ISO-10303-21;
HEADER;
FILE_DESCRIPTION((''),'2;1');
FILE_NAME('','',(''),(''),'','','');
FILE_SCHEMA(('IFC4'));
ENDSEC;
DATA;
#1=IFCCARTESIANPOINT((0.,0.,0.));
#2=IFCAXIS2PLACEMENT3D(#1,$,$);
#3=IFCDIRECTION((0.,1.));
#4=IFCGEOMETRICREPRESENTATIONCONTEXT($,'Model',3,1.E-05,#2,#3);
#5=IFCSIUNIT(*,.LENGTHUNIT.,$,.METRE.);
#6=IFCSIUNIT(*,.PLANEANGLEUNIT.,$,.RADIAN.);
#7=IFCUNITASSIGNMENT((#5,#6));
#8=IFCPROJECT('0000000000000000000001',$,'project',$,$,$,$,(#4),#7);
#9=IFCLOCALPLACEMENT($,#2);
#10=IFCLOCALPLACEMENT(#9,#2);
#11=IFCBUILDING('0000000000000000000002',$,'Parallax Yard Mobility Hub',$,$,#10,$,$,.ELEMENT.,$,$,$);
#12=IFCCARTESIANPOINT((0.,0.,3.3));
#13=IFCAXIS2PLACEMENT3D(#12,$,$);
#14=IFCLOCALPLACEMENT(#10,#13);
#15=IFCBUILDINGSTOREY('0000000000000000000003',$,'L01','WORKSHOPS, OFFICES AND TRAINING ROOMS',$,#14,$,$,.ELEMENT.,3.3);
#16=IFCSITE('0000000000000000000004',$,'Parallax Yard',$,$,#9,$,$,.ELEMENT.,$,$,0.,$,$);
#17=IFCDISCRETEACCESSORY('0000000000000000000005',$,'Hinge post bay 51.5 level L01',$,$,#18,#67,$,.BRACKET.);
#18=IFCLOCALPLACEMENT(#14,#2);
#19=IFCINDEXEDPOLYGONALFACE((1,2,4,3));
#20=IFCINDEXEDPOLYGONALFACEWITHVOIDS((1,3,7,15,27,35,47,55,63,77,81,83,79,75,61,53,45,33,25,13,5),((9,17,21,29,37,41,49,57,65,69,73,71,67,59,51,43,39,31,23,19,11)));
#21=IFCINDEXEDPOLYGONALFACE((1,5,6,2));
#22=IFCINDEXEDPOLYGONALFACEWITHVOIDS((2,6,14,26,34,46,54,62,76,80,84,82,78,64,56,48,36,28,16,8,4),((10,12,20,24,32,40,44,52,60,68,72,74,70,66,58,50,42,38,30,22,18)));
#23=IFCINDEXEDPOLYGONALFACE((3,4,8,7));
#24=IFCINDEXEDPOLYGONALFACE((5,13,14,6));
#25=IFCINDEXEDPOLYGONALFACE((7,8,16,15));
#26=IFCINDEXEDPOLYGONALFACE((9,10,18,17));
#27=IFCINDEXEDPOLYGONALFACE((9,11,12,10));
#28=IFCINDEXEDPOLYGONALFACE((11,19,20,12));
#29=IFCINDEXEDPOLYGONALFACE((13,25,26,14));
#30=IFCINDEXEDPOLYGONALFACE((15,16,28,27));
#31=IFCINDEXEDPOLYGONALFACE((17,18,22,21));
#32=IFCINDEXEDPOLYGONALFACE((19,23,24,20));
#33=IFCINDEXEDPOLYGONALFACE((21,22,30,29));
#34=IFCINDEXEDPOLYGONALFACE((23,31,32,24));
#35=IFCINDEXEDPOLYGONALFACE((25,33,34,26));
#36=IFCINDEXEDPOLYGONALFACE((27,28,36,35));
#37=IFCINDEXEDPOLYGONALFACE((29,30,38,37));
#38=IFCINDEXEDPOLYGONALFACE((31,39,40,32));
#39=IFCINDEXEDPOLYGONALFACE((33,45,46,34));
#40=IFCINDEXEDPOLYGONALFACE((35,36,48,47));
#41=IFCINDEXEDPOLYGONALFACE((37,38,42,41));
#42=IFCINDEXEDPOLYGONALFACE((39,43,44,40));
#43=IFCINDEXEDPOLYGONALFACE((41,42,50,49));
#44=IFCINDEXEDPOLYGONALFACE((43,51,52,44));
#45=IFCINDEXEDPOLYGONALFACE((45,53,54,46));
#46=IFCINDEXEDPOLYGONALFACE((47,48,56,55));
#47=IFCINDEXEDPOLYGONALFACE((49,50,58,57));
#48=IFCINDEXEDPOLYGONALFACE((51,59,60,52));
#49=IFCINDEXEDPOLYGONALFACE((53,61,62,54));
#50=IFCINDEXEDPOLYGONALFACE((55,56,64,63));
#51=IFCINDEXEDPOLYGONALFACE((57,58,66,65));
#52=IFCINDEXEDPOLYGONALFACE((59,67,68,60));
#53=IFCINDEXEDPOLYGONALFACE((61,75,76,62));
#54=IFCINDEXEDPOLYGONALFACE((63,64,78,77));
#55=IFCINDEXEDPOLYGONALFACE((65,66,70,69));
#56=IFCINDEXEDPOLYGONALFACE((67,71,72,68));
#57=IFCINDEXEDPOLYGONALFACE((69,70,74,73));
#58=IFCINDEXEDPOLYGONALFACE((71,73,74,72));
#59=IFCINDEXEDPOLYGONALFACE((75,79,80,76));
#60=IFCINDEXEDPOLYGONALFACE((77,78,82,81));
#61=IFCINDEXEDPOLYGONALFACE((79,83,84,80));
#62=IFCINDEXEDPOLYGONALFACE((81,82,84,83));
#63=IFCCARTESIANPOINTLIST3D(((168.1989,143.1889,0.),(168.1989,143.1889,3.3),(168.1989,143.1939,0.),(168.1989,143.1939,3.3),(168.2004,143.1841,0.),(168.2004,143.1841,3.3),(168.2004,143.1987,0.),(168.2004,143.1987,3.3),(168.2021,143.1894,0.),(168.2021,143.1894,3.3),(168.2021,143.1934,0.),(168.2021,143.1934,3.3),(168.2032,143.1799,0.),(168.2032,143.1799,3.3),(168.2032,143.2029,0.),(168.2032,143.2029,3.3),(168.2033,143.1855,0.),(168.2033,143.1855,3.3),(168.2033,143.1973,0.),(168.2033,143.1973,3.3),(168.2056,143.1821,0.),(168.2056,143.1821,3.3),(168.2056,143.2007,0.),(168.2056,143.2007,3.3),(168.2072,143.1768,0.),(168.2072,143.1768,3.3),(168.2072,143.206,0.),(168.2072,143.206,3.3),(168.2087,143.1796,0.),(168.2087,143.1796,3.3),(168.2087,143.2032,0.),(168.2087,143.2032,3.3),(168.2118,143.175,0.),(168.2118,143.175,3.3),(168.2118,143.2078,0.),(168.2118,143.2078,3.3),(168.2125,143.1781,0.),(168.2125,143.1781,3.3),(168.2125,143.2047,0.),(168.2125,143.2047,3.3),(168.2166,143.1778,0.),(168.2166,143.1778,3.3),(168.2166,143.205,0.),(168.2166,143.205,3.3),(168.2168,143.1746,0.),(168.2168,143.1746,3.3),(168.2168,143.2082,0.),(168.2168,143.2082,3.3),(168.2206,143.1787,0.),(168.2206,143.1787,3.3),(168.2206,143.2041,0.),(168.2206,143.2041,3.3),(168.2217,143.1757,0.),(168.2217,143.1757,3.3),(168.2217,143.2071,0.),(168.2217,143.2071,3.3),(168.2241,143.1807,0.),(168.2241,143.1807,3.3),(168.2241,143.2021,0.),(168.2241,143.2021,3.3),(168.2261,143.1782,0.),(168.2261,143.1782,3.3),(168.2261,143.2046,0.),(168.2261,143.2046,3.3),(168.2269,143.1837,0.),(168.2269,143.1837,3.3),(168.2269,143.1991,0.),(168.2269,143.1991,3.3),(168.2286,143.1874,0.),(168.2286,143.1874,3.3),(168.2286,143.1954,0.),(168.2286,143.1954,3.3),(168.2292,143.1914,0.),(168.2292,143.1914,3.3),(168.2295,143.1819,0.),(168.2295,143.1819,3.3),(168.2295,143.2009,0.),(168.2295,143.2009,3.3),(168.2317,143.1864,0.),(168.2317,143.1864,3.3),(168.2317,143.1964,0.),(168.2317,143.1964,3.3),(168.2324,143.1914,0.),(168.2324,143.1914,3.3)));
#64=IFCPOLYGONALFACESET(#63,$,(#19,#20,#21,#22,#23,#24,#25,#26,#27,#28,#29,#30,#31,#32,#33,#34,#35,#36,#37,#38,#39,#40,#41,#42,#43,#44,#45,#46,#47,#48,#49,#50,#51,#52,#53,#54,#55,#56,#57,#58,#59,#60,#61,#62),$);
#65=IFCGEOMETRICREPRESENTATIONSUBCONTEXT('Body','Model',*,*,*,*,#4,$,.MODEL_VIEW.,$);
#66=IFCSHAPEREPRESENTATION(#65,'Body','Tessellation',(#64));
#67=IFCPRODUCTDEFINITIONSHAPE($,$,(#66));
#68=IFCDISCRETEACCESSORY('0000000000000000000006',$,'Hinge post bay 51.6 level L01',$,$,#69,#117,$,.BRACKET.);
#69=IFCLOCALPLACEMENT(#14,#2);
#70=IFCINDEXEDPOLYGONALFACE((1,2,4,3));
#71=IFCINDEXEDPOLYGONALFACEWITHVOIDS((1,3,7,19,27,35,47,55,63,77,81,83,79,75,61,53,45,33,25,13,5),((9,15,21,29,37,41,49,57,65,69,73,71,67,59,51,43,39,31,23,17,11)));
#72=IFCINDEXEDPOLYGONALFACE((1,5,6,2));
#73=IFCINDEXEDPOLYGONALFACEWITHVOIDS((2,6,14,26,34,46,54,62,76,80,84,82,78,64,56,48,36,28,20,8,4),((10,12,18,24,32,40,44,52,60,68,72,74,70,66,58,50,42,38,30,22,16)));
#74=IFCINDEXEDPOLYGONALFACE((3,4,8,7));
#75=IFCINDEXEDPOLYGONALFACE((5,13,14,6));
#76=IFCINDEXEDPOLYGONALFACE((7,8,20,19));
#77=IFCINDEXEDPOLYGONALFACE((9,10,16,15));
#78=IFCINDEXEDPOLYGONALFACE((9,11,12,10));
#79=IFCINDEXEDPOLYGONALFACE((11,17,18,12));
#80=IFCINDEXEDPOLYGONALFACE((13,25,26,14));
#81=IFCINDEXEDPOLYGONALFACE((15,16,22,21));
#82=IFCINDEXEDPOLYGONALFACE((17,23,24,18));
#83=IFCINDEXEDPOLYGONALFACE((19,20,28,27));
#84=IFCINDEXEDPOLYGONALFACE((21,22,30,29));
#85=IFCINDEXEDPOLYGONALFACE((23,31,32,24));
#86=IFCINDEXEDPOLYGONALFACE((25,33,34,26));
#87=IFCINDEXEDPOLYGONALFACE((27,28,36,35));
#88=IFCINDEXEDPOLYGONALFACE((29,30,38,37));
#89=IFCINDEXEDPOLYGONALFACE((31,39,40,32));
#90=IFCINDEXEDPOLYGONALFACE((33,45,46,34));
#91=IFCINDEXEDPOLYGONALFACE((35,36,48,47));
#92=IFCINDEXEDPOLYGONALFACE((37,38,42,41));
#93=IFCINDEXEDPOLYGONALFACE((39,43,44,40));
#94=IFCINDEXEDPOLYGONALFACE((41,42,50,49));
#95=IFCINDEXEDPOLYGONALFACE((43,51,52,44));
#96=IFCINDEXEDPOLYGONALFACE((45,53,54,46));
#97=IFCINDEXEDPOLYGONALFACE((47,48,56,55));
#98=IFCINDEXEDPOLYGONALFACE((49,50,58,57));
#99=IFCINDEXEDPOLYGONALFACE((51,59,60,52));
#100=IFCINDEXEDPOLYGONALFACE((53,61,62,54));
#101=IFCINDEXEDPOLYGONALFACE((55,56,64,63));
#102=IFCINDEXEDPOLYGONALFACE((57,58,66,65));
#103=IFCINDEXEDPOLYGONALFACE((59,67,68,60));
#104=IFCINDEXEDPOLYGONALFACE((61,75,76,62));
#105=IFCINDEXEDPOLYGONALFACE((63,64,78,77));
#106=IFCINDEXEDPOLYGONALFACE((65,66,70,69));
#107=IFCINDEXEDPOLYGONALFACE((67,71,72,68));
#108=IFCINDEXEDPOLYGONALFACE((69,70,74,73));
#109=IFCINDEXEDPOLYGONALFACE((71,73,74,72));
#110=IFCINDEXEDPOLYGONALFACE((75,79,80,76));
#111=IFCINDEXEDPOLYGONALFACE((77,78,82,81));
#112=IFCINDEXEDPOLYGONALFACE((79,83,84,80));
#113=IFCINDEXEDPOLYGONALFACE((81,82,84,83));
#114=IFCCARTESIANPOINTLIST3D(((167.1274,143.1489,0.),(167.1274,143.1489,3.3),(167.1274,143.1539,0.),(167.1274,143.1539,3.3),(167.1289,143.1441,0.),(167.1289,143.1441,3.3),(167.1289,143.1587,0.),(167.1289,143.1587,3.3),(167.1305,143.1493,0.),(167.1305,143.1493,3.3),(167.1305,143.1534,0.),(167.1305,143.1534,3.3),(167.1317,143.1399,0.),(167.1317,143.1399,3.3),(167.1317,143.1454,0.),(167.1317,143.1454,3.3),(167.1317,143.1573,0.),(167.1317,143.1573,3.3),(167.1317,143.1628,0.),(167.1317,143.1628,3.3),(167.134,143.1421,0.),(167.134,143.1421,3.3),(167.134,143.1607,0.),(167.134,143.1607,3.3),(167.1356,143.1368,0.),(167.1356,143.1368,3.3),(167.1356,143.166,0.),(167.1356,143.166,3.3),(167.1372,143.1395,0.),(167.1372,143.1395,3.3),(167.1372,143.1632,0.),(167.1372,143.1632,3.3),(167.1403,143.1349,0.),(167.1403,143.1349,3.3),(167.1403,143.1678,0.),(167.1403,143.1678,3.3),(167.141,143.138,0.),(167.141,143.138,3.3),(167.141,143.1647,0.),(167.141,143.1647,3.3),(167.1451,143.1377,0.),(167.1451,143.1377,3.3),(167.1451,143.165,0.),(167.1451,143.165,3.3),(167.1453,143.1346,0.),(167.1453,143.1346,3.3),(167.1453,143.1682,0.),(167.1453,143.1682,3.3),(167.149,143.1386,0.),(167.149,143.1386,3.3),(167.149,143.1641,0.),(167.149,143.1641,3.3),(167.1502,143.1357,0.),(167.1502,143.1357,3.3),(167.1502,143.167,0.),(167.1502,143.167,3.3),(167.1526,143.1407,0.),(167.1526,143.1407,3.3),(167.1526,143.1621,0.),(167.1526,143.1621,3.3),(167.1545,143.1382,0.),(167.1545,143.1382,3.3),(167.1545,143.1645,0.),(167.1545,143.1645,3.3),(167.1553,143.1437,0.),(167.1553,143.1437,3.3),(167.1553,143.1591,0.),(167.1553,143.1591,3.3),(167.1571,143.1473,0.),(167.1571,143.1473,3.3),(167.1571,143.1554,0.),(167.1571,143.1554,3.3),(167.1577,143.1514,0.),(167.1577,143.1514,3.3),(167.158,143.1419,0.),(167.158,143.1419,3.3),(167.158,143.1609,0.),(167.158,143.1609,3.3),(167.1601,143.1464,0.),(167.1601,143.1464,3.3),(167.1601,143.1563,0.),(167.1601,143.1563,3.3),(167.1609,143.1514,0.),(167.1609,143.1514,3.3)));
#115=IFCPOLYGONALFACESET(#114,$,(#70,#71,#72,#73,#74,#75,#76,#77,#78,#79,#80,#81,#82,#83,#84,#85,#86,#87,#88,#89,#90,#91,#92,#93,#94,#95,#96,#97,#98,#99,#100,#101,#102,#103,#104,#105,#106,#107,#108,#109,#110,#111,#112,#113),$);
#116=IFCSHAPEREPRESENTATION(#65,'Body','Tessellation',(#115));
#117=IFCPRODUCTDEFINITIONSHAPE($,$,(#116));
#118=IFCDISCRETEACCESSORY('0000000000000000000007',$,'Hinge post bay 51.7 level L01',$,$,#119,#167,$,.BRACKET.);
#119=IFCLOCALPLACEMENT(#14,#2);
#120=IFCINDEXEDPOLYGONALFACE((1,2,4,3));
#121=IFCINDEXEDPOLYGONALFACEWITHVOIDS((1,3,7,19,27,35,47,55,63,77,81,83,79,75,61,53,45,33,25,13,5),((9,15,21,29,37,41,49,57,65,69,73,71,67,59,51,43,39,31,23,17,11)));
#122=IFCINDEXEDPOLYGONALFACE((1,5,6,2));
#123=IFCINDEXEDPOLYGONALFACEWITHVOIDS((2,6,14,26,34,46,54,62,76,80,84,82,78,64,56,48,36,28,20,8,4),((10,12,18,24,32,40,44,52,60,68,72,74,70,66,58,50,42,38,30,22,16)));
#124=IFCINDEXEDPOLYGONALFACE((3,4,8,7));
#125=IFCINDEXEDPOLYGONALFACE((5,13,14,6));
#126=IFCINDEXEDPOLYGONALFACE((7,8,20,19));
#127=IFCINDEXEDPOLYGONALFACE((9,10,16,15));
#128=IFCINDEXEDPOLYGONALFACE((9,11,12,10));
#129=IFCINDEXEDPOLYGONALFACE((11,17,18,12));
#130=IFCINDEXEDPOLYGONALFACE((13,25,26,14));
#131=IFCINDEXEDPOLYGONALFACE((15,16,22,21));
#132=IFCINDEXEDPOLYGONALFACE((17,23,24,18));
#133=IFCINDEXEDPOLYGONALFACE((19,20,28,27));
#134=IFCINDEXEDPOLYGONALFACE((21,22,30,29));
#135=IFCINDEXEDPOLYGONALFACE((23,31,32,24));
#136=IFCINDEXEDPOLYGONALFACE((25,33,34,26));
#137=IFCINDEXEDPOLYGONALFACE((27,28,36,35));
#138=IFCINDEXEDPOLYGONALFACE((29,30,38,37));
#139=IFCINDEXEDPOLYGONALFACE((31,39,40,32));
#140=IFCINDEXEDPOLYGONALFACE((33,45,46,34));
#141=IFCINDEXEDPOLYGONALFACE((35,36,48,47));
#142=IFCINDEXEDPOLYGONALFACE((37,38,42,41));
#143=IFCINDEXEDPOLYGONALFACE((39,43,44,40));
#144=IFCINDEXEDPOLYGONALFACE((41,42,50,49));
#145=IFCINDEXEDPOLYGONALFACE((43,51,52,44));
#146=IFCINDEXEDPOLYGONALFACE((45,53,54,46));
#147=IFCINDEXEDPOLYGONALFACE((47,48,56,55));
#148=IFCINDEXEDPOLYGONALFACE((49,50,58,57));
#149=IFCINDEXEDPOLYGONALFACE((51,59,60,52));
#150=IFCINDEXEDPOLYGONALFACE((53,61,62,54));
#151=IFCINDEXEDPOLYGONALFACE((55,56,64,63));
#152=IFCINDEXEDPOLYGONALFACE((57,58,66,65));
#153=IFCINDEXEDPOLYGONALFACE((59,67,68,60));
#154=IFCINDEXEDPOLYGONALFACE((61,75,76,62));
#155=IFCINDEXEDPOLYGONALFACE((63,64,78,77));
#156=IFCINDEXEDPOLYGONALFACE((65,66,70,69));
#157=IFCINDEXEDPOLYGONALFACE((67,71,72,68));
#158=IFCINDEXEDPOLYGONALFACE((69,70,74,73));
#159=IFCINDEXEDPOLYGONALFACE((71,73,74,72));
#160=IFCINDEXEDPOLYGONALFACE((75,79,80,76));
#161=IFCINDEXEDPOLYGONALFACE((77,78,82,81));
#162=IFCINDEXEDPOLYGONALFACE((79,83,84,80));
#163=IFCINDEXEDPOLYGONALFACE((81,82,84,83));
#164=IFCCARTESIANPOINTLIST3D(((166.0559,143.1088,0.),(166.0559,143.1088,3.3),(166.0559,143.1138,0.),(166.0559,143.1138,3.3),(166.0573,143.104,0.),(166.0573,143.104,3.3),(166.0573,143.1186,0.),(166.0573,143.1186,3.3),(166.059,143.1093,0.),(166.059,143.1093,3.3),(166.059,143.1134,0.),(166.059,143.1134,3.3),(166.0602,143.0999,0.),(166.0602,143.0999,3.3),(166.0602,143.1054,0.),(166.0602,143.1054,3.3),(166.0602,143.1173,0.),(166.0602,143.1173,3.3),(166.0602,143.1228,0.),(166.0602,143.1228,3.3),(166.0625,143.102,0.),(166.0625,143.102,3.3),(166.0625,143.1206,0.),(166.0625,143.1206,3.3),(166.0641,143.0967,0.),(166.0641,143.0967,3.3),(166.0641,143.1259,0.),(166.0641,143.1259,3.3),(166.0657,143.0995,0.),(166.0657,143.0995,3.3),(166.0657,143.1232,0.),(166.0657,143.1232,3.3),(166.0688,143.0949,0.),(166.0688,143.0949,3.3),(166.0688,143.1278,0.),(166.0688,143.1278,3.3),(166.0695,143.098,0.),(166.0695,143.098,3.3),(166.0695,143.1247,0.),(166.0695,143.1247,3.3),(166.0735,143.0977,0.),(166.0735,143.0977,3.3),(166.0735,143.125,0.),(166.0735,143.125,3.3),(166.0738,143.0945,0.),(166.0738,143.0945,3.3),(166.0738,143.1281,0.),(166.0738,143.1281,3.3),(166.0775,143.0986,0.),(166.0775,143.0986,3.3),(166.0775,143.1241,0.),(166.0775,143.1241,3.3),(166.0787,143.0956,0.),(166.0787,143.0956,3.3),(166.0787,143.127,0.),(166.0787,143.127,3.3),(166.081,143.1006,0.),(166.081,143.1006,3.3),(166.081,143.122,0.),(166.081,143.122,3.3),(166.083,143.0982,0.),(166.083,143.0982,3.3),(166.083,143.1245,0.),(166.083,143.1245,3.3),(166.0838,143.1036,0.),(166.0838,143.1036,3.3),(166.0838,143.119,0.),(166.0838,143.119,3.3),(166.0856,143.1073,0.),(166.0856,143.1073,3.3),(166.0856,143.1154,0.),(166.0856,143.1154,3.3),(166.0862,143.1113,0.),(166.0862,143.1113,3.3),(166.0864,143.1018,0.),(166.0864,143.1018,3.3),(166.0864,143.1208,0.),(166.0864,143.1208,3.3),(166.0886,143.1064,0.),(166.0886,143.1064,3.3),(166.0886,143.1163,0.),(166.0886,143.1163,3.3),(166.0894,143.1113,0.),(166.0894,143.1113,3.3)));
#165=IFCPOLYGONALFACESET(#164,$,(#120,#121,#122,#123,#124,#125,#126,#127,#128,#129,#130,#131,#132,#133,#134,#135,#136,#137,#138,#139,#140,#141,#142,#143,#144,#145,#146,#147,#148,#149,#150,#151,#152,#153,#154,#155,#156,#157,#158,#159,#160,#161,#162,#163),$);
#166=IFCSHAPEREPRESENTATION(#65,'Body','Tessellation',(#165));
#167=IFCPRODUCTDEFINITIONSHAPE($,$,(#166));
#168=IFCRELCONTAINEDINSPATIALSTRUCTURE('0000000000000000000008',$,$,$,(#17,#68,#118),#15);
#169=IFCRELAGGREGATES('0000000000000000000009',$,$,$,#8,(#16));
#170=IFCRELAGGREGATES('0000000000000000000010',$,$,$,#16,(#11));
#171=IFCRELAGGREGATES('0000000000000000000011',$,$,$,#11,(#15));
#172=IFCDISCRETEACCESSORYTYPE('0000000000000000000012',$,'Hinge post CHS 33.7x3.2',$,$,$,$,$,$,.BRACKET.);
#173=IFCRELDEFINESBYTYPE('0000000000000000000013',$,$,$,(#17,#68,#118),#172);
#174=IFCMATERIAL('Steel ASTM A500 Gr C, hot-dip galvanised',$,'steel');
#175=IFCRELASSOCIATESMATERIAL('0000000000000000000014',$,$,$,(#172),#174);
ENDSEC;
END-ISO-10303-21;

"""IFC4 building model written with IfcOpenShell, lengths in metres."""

from ifc_helpers import new_model, si_unit, direction, frame, origin, origin_2d, place, context, subcontext, project, spatial, hollow_circle, extrude, material, material_profile, profile_set, type_object, element, save


model = new_model("IFC4")

# Units and contexts
model_context = context("Model", 3, precision=1e-05, world=origin(), true_north=direction((0.0, 1.0)))
body_context = subcontext(model_context, "Body", "Model", "MODEL_VIEW")
ifc_project = project(units=[si_unit("LENGTHUNIT", "METRE"), si_unit("PLANEANGLEUNIT", "RADIAN")], contexts=[model_context])

# Site, building, storey
site_placement = place(None, origin())
site = spatial("IfcSite", under=ifc_project, at=site_placement, Name="Parallax Yard", CompositionType="ELEMENT", RefElevation=0.0)
building_placement = place(site_placement, origin())
building = spatial("IfcBuilding", under=site, at=building_placement, Name="Parallax Yard Mobility Hub", CompositionType="ELEMENT")
storey_placement = place(building_placement, frame((0.0, 0.0, 3.3)))
storey = spatial("IfcBuildingStorey", under=building, at=storey_placement, Name="L01", Description="WORKSHOPS, OFFICES AND TRAINING ROOMS", CompositionType="ELEMENT", Elevation=3.3)

# Discrete accessories
ifc_material_1 = material(Name="Steel ASTM A500 Gr C, hot-dip galvanised", Category="steel")
ifc_material_profile = material_profile(ifc_material_1, hollow_circle(Radius=0.0168, WallThickness=0.0032, at=origin_2d()), Name="CHS 33.7x3.2")
ifc_profile_set = profile_set([ifc_material_profile], Name="Steel ASTM A500 Gr C, hot-dip galvanised")
discrete_accessory_type = type_object("IfcDiscreteAccessoryType", Name="Hinge post CHS 33.7x3.2", PredefinedType="BRACKET", material=ifc_profile_set)
for number, where, z_axis, x_axis, name in (
    (1, (168.2156, 143.1914, 0.0), (0.0, 0.0, 1.0), (1.0, 0.0, 0.0), "Hinge post bay 51.5 level L01"),
    (2, (167.144, 143.1514, 0.0), (0.0, 0.0, 1.0), (1.0, 0.0, 0.0), "Hinge post bay 51.6 level L01"),
    (3, (166.0725, 143.1113, 0.0), (0.0, 0.0, 1.0), (1.0, 0.0, 0.0), "Hinge post bay 51.7 level L01"),
):
    element("IfcDiscreteAccessory", number, at=place(storey_placement, frame(where, z_axis=z_axis, x_axis=x_axis)), inside=storey, type_object=discrete_accessory_type, Name=name, PredefinedType="BRACKET", context=body_context, shape_type="SweptSolid", body=[
        extrude(hollow_circle(Radius=0.0168, WallThickness=0.0032, at=origin_2d()), origin(), (0.0, 0.0, 1.0), 3.3),
    ])

save(model, "model.ifc")
